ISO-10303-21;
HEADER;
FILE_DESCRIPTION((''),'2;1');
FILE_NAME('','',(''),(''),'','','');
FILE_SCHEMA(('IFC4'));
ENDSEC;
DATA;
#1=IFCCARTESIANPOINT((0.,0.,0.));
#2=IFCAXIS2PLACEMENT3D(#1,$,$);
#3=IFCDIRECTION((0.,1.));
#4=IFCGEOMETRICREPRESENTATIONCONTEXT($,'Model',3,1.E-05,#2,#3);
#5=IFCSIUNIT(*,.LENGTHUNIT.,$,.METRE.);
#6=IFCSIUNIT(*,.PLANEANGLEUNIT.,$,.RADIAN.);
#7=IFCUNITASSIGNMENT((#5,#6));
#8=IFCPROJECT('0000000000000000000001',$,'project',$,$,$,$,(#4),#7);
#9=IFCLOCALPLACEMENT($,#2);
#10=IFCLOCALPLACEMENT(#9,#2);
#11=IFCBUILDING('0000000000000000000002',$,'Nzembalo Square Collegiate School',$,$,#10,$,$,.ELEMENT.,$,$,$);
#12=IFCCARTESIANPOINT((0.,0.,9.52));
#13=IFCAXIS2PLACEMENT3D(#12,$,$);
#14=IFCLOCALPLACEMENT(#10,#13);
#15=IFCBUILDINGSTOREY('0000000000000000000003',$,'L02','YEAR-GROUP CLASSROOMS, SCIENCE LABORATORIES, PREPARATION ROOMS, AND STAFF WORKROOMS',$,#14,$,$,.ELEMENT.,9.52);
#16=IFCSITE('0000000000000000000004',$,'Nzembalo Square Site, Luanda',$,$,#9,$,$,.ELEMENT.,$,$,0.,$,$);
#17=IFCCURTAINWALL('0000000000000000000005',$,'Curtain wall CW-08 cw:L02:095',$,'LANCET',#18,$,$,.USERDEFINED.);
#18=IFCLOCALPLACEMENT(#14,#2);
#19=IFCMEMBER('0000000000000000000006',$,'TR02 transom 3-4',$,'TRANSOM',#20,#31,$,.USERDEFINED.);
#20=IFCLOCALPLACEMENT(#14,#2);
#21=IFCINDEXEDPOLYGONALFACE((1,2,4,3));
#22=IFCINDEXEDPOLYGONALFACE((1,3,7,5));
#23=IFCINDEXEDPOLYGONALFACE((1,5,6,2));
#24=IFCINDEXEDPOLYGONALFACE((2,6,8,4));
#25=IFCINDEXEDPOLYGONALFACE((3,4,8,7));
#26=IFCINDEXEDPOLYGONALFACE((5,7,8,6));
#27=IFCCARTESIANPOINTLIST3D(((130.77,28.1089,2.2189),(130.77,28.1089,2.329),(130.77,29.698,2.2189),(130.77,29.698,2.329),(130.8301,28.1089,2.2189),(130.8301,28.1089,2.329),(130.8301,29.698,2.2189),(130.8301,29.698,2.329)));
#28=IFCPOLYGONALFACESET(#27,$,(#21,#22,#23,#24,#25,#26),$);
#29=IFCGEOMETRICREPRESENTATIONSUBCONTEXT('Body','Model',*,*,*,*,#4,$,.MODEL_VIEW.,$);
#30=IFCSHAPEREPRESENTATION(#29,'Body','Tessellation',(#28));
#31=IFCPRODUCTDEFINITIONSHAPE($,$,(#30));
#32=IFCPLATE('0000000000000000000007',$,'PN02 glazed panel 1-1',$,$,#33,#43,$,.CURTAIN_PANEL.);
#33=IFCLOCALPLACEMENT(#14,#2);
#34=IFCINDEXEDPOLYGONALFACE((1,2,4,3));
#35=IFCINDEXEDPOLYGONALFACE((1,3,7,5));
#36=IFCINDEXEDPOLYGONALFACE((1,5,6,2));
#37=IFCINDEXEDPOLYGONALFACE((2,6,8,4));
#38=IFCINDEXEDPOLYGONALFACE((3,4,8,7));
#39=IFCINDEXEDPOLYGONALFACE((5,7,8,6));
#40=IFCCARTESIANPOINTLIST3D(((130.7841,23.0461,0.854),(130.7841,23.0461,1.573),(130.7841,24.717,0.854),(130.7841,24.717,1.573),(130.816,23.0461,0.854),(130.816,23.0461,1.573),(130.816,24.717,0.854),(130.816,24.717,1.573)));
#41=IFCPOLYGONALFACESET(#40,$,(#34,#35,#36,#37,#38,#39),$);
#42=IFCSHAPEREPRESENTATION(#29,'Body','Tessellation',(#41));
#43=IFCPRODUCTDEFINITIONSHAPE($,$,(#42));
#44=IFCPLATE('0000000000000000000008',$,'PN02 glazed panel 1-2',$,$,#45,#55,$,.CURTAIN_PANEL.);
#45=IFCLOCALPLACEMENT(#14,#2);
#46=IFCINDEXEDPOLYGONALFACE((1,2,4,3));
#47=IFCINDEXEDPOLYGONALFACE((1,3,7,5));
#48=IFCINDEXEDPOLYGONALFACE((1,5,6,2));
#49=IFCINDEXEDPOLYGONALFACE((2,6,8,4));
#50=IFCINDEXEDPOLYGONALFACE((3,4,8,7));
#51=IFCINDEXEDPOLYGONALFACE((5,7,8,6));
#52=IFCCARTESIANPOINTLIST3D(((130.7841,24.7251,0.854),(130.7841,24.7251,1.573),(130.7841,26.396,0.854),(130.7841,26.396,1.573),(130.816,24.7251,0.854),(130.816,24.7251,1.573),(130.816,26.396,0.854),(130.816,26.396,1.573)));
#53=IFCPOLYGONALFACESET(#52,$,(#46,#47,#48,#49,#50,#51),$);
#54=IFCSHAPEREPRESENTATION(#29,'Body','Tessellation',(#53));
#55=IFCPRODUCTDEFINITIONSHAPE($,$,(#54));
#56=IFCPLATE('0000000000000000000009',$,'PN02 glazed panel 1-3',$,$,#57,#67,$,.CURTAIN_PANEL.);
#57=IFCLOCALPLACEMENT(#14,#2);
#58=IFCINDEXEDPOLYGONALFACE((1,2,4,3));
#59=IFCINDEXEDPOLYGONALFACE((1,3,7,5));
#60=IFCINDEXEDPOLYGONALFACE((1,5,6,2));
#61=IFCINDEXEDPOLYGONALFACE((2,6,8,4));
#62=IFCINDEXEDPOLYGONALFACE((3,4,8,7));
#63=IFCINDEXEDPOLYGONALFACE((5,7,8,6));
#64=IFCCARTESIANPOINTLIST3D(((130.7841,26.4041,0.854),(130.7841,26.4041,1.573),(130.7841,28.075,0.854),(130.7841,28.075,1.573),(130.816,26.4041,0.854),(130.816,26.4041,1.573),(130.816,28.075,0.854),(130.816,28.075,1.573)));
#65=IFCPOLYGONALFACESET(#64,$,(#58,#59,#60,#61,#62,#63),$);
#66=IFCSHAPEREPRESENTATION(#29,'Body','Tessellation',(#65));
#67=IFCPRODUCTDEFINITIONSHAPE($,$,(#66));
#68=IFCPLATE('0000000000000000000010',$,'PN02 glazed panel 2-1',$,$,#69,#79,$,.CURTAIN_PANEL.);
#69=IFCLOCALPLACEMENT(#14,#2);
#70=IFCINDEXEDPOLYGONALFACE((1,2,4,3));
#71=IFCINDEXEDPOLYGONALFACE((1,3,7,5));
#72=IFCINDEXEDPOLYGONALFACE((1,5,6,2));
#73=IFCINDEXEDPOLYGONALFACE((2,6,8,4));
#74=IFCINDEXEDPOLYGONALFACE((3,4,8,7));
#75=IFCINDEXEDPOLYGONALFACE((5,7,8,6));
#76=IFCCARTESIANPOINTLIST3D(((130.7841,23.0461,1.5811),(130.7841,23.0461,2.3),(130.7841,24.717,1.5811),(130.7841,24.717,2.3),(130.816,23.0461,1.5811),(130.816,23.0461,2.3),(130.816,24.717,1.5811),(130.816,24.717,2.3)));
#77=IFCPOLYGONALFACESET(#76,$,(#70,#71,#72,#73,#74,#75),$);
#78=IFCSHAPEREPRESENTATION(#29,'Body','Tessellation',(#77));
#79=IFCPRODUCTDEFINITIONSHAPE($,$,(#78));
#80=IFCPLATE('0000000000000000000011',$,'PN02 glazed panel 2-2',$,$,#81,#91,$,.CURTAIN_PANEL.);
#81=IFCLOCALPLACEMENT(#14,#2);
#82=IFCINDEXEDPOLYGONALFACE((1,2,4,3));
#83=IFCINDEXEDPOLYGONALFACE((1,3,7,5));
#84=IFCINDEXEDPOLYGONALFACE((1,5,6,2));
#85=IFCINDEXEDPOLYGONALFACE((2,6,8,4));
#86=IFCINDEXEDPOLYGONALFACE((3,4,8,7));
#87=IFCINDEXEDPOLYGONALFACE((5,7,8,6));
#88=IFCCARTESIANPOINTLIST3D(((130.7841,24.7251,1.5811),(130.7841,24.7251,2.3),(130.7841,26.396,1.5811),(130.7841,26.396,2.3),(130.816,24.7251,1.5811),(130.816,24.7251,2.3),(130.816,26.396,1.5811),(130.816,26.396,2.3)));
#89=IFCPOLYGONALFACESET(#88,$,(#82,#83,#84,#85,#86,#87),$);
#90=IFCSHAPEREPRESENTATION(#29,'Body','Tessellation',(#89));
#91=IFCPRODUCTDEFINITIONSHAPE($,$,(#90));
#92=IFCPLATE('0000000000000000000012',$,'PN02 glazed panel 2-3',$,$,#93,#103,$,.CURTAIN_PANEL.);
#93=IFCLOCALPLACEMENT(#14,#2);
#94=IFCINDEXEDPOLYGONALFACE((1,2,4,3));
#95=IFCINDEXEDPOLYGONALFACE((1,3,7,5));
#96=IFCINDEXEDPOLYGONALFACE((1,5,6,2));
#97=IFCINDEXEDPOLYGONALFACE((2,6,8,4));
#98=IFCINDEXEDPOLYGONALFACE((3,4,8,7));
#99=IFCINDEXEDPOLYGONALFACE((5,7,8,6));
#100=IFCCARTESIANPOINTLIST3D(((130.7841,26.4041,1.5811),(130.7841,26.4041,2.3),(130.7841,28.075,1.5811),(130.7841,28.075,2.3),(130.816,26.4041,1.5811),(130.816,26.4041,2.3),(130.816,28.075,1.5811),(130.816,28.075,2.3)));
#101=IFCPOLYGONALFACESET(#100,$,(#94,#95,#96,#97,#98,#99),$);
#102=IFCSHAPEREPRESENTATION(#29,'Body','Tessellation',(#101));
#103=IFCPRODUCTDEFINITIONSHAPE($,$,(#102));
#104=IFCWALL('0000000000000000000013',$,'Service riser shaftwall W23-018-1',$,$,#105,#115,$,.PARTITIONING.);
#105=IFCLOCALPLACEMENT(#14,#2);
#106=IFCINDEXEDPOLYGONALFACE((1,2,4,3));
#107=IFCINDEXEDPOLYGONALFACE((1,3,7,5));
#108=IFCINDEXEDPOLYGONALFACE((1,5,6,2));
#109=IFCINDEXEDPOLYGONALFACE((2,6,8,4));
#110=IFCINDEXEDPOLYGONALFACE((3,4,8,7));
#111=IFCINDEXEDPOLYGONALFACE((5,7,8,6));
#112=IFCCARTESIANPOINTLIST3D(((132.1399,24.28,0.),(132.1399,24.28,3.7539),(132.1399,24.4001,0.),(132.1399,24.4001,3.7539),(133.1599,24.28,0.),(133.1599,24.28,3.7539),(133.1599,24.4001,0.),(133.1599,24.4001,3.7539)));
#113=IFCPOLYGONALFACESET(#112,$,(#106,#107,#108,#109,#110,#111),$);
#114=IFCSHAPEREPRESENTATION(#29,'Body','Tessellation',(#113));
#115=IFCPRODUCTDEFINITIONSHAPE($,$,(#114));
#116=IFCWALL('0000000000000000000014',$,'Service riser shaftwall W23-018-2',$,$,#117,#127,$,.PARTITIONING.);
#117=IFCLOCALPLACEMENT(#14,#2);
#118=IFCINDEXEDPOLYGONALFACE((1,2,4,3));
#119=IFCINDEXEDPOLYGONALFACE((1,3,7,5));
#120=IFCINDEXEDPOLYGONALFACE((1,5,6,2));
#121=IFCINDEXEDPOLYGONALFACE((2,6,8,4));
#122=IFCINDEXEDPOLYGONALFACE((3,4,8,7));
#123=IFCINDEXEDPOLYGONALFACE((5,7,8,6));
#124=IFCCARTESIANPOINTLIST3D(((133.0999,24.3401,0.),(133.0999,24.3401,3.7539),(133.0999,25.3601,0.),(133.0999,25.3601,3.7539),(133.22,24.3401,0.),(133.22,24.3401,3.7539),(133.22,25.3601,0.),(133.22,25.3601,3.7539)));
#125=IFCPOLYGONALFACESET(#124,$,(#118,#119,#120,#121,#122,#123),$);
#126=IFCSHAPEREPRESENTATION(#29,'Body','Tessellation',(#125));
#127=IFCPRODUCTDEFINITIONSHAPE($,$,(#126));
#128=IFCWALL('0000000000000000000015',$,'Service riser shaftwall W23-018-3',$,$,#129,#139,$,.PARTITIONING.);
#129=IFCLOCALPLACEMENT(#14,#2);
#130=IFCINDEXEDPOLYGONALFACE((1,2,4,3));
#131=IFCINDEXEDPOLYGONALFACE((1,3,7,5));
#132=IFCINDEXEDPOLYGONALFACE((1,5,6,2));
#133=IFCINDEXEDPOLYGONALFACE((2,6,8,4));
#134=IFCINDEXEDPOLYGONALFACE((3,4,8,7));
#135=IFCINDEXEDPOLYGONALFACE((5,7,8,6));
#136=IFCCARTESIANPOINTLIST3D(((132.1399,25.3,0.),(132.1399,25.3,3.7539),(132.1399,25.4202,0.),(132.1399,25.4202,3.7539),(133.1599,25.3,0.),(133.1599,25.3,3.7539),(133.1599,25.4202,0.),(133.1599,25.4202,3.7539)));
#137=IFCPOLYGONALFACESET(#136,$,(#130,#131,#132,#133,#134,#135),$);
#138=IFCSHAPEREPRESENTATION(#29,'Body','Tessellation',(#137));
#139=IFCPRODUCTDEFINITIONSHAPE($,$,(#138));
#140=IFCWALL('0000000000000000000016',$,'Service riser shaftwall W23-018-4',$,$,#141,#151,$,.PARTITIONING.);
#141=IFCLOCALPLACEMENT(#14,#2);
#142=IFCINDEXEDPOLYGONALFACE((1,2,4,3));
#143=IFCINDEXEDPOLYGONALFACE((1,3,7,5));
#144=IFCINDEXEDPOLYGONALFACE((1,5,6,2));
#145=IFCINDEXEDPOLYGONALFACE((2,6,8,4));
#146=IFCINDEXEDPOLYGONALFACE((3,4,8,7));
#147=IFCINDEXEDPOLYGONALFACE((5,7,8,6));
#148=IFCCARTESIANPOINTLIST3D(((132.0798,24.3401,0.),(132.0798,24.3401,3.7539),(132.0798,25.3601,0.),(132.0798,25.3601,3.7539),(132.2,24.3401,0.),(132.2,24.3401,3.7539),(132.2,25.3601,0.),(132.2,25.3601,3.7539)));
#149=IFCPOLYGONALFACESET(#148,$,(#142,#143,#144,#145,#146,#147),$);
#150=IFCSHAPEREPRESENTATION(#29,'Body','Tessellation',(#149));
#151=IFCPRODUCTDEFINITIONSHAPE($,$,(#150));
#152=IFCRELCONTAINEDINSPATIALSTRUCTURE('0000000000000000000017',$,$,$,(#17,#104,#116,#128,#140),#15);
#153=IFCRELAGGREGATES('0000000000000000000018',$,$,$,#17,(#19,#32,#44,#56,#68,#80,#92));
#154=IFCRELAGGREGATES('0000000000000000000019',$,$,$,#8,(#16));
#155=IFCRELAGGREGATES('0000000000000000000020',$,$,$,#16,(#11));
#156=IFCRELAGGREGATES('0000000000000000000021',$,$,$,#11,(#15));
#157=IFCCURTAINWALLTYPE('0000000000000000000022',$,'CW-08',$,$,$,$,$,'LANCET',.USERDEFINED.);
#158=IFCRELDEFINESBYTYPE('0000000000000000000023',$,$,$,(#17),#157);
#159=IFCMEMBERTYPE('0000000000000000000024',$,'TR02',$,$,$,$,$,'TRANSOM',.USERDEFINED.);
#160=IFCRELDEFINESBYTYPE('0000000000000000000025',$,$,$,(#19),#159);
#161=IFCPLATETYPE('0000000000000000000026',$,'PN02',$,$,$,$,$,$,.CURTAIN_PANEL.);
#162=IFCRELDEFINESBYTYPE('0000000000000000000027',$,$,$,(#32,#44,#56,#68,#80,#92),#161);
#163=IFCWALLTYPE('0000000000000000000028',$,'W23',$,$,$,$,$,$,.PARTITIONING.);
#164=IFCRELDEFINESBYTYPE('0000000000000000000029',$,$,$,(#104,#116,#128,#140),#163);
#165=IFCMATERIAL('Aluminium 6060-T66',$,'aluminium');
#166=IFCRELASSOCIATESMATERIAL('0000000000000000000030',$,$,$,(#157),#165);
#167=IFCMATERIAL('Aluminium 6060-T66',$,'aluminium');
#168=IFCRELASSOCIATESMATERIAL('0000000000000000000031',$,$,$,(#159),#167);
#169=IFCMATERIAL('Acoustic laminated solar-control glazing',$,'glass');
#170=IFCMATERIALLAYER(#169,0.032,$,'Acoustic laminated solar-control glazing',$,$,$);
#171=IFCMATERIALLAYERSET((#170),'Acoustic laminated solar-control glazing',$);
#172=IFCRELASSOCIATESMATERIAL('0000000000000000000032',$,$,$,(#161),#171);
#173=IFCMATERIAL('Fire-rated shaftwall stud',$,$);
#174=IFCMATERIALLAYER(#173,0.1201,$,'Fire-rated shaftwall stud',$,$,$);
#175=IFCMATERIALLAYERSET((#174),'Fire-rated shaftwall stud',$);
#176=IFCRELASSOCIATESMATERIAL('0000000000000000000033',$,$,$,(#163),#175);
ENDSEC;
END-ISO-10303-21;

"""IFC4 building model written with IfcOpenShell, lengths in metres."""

from ifc_helpers import new_model, si_unit, direction, frame, frame_2d, origin, origin_2d, place, context, subcontext, project, spatial, rectangle, extrude, material, layer, layer_set, material_profile, profile_set, type_object, element, aggregate, save


model = new_model("IFC4")

# Units and contexts
model_context = context("Model", 3, precision=1e-05, world=origin(), true_north=direction((0.0, 1.0)))
body_context = subcontext(model_context, "Body", "Model", "MODEL_VIEW")
ifc_project = project(units=[si_unit("LENGTHUNIT", "METRE"), si_unit("PLANEANGLEUNIT", "RADIAN")], contexts=[model_context])

# Site, building, storey
site_placement = place(None, origin())
site = spatial("IfcSite", under=ifc_project, at=site_placement, Name="Nzembalo Square Site, Luanda", CompositionType="ELEMENT", RefElevation=0.0)
building_placement = place(site_placement, origin())
building = spatial("IfcBuilding", under=site, at=building_placement, Name="Nzembalo Square Collegiate School", CompositionType="ELEMENT")
storey_placement = place(building_placement, frame((0.0, 0.0, 9.52)))
storey = spatial("IfcBuildingStorey", under=building, at=storey_placement, Name="L02", Description="YEAR-GROUP CLASSROOMS, SCIENCE LABORATORIES, PREPARATION ROOMS, AND STAFF WORKROOMS", CompositionType="ELEMENT", Elevation=9.52)

# Curtain wall, member, plates
ifc_material_1 = material(Name="Aluminium 6060-T66", Category="aluminium")
curtain_wall_type = type_object("IfcCurtainWallType", Name="CW-08", ElementType="LANCET", PredefinedType="USERDEFINED", material=ifc_material_1)
curtain_wall_placement = place(storey_placement, origin())
curtain_wall = element("IfcCurtainWall", 1, at=curtain_wall_placement, inside=storey, type_object=curtain_wall_type, Name="Curtain wall CW-08 cw:L02:095", ObjectType="LANCET", PredefinedType="USERDEFINED")
ifc_material_2 = material(Name="Aluminium 6060-T66", Category="aluminium")
ifc_material_profile_1 = material_profile(ifc_material_2, rectangle(XDim=0.0601, YDim=0.1101, at=origin_2d()), Name="ALU T60x110")
ifc_profile_set_1 = profile_set([ifc_material_profile_1], Name="Aluminium 6060-T66")
member_type_1 = type_object("IfcMemberType", Name="TR02", ElementType="TRANSOM", PredefinedType="USERDEFINED", material=ifc_profile_set_1)
member_1_placement = place(storey_placement, frame((130.8, 28.1089, 2.2739), z_axis=(0.0, 1.0, 0.0), x_axis=(-1.0, 0.0, 0.0)))
member_1 = element("IfcMember", 2, at=member_1_placement, type_object=member_type_1, Name="TR02 transom 3-4", ObjectType="TRANSOM", PredefinedType="USERDEFINED", context=body_context, shape_type="SweptSolid", body=[
    extrude(rectangle(XDim=0.0601, YDim=0.1101, at=origin_2d()), origin(), (0.0, 0.0, 1.0), 1.5891),
])
ifc_material_3 = material(Name="Acoustic laminated solar-control glazing", Category="glass")
ifc_layer_1 = layer(ifc_material_3, 0.032, Name="Acoustic laminated solar-control glazing")
ifc_layer_set_1 = layer_set([ifc_layer_1], Name="Acoustic laminated solar-control glazing")
plate_type = type_object("IfcPlateType", Name="PN02", PredefinedType="CURTAIN_PANEL", material=ifc_layer_set_1)
plate_1_placement = place(storey_placement, frame((130.8, 23.8816, 0.854), z_axis=(0.0, 0.0, 1.0), x_axis=(0.0, 1.0, 0.0)))
plate_1 = element("IfcPlate", 3, at=plate_1_placement, type_object=plate_type, Name="PN02 glazed panel 1-1", PredefinedType="CURTAIN_PANEL", context=body_context, shape_type="SweptSolid", body=[
    extrude(rectangle(XDim=1.6709, YDim=0.032, at=origin_2d()), origin(), (0.0, 0.0, 1.0), 0.719),
])
plate_2_placement = place(storey_placement, frame((130.8, 25.5605, 0.854), z_axis=(0.0, 0.0, 1.0), x_axis=(0.0, 1.0, 0.0)))
plate_2 = element("IfcPlate", 4, at=plate_2_placement, type_object=plate_type, Name="PN02 glazed panel 1-2", PredefinedType="CURTAIN_PANEL", context=body_context, shape_type="SweptSolid", body=[
    extrude(rectangle(XDim=1.6709, YDim=0.032, at=origin_2d()), origin(), (0.0, 0.0, 1.0), 0.719),
])
plate_3_placement = place(storey_placement, frame((130.8, 27.2395, 0.854), z_axis=(0.0, 0.0, 1.0), x_axis=(0.0, 1.0, 0.0)))
plate_3 = element("IfcPlate", 5, at=plate_3_placement, type_object=plate_type, Name="PN02 glazed panel 1-3", PredefinedType="CURTAIN_PANEL", context=body_context, shape_type="SweptSolid", body=[
    extrude(rectangle(XDim=1.6709, YDim=0.032, at=origin_2d()), origin(), (0.0, 0.0, 1.0), 0.719),
])
plate_4_placement = place(storey_placement, frame((130.8, 23.8816, 1.5811), z_axis=(0.0, 0.0, 1.0), x_axis=(0.0, 1.0, 0.0)))
plate_4 = element("IfcPlate", 6, at=plate_4_placement, type_object=plate_type, Name="PN02 glazed panel 2-1", PredefinedType="CURTAIN_PANEL", context=body_context, shape_type="SweptSolid", body=[
    extrude(rectangle(XDim=1.6709, YDim=0.032, at=origin_2d()), origin(), (0.0, 0.0, 1.0), 0.719),
])
plate_5_placement = place(storey_placement, frame((130.8, 25.5605, 1.5811), z_axis=(0.0, 0.0, 1.0), x_axis=(0.0, 1.0, 0.0)))
plate_5 = element("IfcPlate", 7, at=plate_5_placement, type_object=plate_type, Name="PN02 glazed panel 2-2", PredefinedType="CURTAIN_PANEL", context=body_context, shape_type="SweptSolid", body=[
    extrude(rectangle(XDim=1.6709, YDim=0.032, at=origin_2d()), origin(), (0.0, 0.0, 1.0), 0.719),
])
plate_6_placement = place(storey_placement, frame((130.8, 27.2395, 1.5811), z_axis=(0.0, 0.0, 1.0), x_axis=(0.0, 1.0, 0.0)))
plate_6 = element("IfcPlate", 8, at=plate_6_placement, type_object=plate_type, Name="PN02 glazed panel 2-3", PredefinedType="CURTAIN_PANEL", context=body_context, shape_type="SweptSolid", body=[
    extrude(rectangle(XDim=1.6709, YDim=0.032, at=origin_2d()), origin(), (0.0, 0.0, 1.0), 0.719),
])
aggregate(curtain_wall, [member_1, plate_1, plate_2, plate_3, plate_4, plate_5, plate_6])

# Walls
ifc_material_4 = material(Name="Fire-rated shaftwall stud")
ifc_layer_2 = layer(ifc_material_4, 0.1201, Name="Fire-rated shaftwall stud")
ifc_layer_set_2 = layer_set([ifc_layer_2], Name="Fire-rated shaftwall stud")
wall_type = type_object("IfcWallType", Name="W23", PredefinedType="PARTITIONING", material=ifc_layer_set_2)
for number, where, z_axis, x_axis, name in (
    (9, (132.1399, 24.3401, 0.0), (0.0, 0.0, 1.0), (1.0, 0.0, 0.0), "Service riser shaftwall W23-018-1"),
    (10, (133.1599, 24.3401, 0.0), (0.0, 0.0, 1.0), (0.0, 1.0, 0.0), "Service riser shaftwall W23-018-2"),
    (11, (133.1599, 25.3601, 0.0), (0.0, 0.0, 1.0), (-1.0, 0.0, 0.0), "Service riser shaftwall W23-018-3"),
    (12, (132.1399, 25.3601, 0.0), (0.0, 0.0, 1.0), (0.0, -1.0, 0.0), "Service riser shaftwall W23-018-4"),
):
    element("IfcWall", number, at=place(storey_placement, frame(where, z_axis=z_axis, x_axis=x_axis)), inside=storey, type_object=wall_type, Name=name, PredefinedType="PARTITIONING", context=body_context, shape_type="SweptSolid", body=[
        extrude(rectangle(XDim=1.02, YDim=0.1201, at=frame_2d((0.51, 0.0))), origin(), (0.0, 0.0, 1.0), 3.7539),
    ])

save(model, "model.ifc")
